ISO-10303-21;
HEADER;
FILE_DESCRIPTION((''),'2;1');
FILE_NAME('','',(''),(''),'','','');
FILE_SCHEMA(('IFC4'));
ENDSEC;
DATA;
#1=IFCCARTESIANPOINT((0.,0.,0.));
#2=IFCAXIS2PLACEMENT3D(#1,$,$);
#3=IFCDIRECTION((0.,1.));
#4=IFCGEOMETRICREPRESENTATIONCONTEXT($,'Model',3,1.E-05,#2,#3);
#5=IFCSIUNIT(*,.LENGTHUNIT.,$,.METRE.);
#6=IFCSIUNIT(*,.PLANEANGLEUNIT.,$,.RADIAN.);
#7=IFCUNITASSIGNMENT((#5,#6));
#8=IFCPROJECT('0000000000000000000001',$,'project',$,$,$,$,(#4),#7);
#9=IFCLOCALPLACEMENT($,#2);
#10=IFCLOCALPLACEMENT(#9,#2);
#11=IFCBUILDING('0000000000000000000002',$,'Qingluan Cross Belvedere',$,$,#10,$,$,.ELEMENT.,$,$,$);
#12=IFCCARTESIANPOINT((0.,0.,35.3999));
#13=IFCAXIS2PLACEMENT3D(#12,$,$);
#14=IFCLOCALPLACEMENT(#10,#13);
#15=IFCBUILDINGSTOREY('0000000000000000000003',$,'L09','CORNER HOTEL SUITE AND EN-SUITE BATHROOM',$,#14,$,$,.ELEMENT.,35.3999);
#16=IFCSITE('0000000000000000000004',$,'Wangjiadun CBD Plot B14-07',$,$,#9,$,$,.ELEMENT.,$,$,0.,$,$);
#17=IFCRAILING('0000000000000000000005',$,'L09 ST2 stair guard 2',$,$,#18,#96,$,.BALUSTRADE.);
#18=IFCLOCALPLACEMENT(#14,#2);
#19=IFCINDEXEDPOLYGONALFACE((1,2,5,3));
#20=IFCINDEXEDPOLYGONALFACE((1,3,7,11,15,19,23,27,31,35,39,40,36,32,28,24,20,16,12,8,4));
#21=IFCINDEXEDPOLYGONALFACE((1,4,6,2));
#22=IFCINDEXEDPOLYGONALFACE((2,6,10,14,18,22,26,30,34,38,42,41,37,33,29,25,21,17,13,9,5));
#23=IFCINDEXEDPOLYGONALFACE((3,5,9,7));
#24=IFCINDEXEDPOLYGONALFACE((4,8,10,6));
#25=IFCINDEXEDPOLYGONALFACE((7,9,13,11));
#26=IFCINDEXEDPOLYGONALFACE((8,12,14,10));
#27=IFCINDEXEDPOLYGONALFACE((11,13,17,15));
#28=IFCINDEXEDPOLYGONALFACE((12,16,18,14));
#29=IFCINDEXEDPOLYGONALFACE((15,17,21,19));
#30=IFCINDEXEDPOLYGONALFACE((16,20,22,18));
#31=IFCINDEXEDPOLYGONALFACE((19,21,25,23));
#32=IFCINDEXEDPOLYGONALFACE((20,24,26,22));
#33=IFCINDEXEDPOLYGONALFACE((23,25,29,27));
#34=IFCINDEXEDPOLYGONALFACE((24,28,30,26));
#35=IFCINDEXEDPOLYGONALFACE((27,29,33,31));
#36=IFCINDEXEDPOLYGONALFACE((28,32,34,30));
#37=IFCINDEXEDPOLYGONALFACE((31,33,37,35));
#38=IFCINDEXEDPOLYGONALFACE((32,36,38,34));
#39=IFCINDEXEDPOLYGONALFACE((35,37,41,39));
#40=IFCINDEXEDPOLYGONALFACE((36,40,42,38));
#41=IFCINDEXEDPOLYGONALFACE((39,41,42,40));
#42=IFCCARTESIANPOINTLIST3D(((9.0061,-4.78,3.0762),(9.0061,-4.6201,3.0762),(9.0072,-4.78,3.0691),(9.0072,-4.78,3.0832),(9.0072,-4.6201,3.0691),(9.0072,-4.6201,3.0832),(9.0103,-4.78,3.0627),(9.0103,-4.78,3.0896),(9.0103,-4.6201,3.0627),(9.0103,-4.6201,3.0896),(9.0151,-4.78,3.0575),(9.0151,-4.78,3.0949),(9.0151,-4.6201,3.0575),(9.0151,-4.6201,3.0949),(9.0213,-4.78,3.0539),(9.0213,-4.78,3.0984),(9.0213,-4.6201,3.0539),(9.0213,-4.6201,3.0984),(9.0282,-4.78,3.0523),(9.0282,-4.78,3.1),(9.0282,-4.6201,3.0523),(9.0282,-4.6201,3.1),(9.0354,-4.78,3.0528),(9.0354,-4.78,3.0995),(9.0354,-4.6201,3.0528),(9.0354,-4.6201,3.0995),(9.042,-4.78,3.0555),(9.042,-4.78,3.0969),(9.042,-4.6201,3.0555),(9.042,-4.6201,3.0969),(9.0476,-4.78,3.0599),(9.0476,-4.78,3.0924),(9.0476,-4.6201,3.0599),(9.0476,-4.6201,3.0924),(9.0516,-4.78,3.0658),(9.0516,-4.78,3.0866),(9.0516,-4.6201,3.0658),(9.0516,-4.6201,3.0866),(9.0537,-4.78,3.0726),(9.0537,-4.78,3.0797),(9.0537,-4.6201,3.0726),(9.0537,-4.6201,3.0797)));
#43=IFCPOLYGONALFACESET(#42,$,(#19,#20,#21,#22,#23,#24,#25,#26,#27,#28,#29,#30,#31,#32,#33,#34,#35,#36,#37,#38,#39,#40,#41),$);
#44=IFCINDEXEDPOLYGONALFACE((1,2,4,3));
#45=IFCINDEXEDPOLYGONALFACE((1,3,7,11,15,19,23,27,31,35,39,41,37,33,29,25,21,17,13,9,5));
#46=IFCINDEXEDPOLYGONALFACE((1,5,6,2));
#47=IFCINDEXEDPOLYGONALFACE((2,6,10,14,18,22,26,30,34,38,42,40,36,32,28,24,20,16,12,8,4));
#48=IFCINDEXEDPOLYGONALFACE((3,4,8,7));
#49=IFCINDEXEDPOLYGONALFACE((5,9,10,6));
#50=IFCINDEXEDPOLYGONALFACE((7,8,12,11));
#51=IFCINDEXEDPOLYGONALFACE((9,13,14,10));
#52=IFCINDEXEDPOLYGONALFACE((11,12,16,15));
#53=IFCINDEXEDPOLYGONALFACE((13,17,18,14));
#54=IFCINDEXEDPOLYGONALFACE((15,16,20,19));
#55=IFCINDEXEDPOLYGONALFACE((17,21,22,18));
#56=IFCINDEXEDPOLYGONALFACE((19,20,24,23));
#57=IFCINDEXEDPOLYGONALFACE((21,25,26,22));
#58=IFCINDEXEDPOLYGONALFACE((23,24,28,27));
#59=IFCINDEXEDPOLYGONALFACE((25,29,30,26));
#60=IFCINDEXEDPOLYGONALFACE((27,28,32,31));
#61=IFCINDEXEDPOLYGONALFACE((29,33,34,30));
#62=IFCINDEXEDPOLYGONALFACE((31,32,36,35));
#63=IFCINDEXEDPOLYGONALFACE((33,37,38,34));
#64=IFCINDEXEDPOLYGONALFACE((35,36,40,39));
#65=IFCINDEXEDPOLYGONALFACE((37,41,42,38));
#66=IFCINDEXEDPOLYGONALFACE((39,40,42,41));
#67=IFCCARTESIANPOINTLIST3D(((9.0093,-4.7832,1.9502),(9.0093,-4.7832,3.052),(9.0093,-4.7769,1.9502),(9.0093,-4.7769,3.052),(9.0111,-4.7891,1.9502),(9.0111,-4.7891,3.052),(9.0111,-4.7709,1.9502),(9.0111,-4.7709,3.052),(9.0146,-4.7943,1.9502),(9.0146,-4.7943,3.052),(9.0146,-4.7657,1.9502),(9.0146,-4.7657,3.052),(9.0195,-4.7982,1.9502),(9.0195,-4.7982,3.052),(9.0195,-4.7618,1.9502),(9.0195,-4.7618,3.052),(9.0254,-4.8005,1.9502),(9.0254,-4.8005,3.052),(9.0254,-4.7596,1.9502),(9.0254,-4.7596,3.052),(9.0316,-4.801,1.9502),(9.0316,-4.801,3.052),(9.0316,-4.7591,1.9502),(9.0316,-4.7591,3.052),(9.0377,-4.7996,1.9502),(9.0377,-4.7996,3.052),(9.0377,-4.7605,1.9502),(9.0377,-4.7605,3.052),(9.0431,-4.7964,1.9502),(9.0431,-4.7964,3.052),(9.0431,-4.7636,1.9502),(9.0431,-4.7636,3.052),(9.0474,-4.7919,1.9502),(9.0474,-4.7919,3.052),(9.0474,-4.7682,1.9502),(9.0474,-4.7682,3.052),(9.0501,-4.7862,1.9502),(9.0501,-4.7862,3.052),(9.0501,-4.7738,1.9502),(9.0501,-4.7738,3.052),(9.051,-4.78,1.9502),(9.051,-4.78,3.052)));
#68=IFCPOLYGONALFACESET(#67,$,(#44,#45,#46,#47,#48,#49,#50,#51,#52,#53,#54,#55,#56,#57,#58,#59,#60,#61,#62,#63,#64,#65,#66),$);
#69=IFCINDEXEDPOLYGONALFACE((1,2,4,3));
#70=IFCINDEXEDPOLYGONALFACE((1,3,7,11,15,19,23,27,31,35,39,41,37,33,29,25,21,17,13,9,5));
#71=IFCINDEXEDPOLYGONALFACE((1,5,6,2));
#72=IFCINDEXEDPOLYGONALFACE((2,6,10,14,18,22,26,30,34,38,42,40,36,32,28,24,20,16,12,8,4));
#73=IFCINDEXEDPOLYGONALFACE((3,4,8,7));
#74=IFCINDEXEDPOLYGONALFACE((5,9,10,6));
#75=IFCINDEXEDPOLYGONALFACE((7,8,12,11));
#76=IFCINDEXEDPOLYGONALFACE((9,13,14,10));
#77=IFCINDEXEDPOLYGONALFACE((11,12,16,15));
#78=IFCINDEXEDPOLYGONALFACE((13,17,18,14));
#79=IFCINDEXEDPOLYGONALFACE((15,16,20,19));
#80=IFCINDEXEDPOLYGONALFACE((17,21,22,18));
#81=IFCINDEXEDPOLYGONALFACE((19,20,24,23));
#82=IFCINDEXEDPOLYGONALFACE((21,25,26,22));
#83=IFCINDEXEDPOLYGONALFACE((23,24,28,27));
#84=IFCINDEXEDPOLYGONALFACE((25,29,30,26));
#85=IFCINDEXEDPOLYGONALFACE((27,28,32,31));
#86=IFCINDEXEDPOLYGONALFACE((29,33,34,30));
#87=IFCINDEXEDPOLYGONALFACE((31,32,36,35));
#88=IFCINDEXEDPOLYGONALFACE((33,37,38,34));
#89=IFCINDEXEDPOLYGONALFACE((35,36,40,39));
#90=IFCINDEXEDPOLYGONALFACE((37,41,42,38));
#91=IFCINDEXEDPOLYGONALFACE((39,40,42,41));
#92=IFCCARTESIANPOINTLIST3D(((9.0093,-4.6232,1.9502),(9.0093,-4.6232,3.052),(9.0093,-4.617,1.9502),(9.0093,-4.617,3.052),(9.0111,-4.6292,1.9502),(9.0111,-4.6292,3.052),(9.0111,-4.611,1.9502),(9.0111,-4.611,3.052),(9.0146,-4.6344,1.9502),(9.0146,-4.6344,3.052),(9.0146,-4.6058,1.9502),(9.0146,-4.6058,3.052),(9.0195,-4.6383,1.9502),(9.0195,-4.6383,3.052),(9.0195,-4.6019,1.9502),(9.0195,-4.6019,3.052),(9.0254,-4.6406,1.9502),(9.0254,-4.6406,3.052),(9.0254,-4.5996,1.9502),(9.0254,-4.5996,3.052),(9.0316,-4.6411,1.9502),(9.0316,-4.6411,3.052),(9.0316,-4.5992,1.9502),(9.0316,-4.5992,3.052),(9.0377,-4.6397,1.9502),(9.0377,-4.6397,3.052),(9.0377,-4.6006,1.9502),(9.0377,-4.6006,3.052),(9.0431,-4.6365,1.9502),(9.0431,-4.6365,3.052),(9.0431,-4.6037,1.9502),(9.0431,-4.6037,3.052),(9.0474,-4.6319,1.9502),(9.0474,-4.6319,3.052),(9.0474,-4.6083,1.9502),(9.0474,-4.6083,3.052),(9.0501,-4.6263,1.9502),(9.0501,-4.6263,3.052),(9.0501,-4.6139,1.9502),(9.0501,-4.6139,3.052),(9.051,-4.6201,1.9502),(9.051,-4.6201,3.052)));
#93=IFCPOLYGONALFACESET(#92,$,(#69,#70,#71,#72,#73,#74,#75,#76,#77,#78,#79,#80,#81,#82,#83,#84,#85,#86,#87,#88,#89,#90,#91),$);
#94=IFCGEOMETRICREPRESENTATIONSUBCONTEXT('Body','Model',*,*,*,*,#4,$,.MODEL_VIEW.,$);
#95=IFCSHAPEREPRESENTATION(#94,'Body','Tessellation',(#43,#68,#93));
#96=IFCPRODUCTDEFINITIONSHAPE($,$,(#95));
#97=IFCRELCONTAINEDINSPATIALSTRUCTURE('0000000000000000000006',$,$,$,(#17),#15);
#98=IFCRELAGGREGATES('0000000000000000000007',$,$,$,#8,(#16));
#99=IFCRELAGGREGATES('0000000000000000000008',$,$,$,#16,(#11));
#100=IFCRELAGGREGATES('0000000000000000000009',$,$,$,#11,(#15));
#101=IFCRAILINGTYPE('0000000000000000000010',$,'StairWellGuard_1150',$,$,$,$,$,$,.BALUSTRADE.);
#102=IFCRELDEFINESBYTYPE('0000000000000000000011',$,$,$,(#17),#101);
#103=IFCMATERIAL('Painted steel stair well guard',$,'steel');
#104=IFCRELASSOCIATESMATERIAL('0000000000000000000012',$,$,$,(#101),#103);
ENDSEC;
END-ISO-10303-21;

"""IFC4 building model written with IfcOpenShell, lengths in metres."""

from ifc_helpers import new_model, si_unit, direction, frame, origin, origin_2d, place, context, subcontext, project, spatial, circle, extrude, material, type_object, element, save


model = new_model("IFC4")

# Units and contexts
model_context = context("Model", 3, precision=1e-05, world=origin(), true_north=direction((0.0, 1.0)))
body_context = subcontext(model_context, "Body", "Model", "MODEL_VIEW")
ifc_project = project(units=[si_unit("LENGTHUNIT", "METRE"), si_unit("PLANEANGLEUNIT", "RADIAN")], contexts=[model_context])

# Site, building, storey
site_placement = place(None, origin())
site = spatial("IfcSite", under=ifc_project, at=site_placement, Name="Wangjiadun CBD Plot B14-07", CompositionType="ELEMENT", RefElevation=0.0)
building_placement = place(site_placement, origin())
building = spatial("IfcBuilding", under=site, at=building_placement, Name="Qingluan Cross Belvedere", CompositionType="ELEMENT")
storey_placement = place(building_placement, frame((0.0, 0.0, 35.3999)))
storey = spatial("IfcBuildingStorey", under=building, at=storey_placement, Name="L09", Description="CORNER HOTEL SUITE AND EN-SUITE BATHROOM", CompositionType="ELEMENT", Elevation=35.3999)

# Railing
ifc_material_1 = material(Name="Painted steel stair well guard", Category="steel")
railing_type_1 = type_object("IfcRailingType", Name="StairWellGuard_1150", PredefinedType="BALUSTRADE", material=ifc_material_1)
railing_1_placement = place(storey_placement, frame((9.03, -4.78, 1.9502)))
element("IfcRailing", 1, at=railing_1_placement, inside=storey, type_object=railing_type_1, Name="L09 ST2 stair guard 2", PredefinedType="BALUSTRADE", context=body_context, shape_type="SweptSolid", body=[
    extrude(circle(Radius=0.0239, at=origin_2d()), frame((0.0, 0.0, 1.126), z_axis=(0.0, 1.0, 0.0), x_axis=(-1.0, 0.0, 0.0)), (0.0, 0.0, 1.0), 0.1599),
    extrude(circle(Radius=0.021, at=origin_2d()), origin(), (0.0, 0.0, 1.0), 1.1018),
    extrude(circle(Radius=0.021, at=origin_2d()), frame((0.0, 0.1599, 0.0)), (0.0, 0.0, 1.0), 1.1018),
])

save(model, "model.ifc")
